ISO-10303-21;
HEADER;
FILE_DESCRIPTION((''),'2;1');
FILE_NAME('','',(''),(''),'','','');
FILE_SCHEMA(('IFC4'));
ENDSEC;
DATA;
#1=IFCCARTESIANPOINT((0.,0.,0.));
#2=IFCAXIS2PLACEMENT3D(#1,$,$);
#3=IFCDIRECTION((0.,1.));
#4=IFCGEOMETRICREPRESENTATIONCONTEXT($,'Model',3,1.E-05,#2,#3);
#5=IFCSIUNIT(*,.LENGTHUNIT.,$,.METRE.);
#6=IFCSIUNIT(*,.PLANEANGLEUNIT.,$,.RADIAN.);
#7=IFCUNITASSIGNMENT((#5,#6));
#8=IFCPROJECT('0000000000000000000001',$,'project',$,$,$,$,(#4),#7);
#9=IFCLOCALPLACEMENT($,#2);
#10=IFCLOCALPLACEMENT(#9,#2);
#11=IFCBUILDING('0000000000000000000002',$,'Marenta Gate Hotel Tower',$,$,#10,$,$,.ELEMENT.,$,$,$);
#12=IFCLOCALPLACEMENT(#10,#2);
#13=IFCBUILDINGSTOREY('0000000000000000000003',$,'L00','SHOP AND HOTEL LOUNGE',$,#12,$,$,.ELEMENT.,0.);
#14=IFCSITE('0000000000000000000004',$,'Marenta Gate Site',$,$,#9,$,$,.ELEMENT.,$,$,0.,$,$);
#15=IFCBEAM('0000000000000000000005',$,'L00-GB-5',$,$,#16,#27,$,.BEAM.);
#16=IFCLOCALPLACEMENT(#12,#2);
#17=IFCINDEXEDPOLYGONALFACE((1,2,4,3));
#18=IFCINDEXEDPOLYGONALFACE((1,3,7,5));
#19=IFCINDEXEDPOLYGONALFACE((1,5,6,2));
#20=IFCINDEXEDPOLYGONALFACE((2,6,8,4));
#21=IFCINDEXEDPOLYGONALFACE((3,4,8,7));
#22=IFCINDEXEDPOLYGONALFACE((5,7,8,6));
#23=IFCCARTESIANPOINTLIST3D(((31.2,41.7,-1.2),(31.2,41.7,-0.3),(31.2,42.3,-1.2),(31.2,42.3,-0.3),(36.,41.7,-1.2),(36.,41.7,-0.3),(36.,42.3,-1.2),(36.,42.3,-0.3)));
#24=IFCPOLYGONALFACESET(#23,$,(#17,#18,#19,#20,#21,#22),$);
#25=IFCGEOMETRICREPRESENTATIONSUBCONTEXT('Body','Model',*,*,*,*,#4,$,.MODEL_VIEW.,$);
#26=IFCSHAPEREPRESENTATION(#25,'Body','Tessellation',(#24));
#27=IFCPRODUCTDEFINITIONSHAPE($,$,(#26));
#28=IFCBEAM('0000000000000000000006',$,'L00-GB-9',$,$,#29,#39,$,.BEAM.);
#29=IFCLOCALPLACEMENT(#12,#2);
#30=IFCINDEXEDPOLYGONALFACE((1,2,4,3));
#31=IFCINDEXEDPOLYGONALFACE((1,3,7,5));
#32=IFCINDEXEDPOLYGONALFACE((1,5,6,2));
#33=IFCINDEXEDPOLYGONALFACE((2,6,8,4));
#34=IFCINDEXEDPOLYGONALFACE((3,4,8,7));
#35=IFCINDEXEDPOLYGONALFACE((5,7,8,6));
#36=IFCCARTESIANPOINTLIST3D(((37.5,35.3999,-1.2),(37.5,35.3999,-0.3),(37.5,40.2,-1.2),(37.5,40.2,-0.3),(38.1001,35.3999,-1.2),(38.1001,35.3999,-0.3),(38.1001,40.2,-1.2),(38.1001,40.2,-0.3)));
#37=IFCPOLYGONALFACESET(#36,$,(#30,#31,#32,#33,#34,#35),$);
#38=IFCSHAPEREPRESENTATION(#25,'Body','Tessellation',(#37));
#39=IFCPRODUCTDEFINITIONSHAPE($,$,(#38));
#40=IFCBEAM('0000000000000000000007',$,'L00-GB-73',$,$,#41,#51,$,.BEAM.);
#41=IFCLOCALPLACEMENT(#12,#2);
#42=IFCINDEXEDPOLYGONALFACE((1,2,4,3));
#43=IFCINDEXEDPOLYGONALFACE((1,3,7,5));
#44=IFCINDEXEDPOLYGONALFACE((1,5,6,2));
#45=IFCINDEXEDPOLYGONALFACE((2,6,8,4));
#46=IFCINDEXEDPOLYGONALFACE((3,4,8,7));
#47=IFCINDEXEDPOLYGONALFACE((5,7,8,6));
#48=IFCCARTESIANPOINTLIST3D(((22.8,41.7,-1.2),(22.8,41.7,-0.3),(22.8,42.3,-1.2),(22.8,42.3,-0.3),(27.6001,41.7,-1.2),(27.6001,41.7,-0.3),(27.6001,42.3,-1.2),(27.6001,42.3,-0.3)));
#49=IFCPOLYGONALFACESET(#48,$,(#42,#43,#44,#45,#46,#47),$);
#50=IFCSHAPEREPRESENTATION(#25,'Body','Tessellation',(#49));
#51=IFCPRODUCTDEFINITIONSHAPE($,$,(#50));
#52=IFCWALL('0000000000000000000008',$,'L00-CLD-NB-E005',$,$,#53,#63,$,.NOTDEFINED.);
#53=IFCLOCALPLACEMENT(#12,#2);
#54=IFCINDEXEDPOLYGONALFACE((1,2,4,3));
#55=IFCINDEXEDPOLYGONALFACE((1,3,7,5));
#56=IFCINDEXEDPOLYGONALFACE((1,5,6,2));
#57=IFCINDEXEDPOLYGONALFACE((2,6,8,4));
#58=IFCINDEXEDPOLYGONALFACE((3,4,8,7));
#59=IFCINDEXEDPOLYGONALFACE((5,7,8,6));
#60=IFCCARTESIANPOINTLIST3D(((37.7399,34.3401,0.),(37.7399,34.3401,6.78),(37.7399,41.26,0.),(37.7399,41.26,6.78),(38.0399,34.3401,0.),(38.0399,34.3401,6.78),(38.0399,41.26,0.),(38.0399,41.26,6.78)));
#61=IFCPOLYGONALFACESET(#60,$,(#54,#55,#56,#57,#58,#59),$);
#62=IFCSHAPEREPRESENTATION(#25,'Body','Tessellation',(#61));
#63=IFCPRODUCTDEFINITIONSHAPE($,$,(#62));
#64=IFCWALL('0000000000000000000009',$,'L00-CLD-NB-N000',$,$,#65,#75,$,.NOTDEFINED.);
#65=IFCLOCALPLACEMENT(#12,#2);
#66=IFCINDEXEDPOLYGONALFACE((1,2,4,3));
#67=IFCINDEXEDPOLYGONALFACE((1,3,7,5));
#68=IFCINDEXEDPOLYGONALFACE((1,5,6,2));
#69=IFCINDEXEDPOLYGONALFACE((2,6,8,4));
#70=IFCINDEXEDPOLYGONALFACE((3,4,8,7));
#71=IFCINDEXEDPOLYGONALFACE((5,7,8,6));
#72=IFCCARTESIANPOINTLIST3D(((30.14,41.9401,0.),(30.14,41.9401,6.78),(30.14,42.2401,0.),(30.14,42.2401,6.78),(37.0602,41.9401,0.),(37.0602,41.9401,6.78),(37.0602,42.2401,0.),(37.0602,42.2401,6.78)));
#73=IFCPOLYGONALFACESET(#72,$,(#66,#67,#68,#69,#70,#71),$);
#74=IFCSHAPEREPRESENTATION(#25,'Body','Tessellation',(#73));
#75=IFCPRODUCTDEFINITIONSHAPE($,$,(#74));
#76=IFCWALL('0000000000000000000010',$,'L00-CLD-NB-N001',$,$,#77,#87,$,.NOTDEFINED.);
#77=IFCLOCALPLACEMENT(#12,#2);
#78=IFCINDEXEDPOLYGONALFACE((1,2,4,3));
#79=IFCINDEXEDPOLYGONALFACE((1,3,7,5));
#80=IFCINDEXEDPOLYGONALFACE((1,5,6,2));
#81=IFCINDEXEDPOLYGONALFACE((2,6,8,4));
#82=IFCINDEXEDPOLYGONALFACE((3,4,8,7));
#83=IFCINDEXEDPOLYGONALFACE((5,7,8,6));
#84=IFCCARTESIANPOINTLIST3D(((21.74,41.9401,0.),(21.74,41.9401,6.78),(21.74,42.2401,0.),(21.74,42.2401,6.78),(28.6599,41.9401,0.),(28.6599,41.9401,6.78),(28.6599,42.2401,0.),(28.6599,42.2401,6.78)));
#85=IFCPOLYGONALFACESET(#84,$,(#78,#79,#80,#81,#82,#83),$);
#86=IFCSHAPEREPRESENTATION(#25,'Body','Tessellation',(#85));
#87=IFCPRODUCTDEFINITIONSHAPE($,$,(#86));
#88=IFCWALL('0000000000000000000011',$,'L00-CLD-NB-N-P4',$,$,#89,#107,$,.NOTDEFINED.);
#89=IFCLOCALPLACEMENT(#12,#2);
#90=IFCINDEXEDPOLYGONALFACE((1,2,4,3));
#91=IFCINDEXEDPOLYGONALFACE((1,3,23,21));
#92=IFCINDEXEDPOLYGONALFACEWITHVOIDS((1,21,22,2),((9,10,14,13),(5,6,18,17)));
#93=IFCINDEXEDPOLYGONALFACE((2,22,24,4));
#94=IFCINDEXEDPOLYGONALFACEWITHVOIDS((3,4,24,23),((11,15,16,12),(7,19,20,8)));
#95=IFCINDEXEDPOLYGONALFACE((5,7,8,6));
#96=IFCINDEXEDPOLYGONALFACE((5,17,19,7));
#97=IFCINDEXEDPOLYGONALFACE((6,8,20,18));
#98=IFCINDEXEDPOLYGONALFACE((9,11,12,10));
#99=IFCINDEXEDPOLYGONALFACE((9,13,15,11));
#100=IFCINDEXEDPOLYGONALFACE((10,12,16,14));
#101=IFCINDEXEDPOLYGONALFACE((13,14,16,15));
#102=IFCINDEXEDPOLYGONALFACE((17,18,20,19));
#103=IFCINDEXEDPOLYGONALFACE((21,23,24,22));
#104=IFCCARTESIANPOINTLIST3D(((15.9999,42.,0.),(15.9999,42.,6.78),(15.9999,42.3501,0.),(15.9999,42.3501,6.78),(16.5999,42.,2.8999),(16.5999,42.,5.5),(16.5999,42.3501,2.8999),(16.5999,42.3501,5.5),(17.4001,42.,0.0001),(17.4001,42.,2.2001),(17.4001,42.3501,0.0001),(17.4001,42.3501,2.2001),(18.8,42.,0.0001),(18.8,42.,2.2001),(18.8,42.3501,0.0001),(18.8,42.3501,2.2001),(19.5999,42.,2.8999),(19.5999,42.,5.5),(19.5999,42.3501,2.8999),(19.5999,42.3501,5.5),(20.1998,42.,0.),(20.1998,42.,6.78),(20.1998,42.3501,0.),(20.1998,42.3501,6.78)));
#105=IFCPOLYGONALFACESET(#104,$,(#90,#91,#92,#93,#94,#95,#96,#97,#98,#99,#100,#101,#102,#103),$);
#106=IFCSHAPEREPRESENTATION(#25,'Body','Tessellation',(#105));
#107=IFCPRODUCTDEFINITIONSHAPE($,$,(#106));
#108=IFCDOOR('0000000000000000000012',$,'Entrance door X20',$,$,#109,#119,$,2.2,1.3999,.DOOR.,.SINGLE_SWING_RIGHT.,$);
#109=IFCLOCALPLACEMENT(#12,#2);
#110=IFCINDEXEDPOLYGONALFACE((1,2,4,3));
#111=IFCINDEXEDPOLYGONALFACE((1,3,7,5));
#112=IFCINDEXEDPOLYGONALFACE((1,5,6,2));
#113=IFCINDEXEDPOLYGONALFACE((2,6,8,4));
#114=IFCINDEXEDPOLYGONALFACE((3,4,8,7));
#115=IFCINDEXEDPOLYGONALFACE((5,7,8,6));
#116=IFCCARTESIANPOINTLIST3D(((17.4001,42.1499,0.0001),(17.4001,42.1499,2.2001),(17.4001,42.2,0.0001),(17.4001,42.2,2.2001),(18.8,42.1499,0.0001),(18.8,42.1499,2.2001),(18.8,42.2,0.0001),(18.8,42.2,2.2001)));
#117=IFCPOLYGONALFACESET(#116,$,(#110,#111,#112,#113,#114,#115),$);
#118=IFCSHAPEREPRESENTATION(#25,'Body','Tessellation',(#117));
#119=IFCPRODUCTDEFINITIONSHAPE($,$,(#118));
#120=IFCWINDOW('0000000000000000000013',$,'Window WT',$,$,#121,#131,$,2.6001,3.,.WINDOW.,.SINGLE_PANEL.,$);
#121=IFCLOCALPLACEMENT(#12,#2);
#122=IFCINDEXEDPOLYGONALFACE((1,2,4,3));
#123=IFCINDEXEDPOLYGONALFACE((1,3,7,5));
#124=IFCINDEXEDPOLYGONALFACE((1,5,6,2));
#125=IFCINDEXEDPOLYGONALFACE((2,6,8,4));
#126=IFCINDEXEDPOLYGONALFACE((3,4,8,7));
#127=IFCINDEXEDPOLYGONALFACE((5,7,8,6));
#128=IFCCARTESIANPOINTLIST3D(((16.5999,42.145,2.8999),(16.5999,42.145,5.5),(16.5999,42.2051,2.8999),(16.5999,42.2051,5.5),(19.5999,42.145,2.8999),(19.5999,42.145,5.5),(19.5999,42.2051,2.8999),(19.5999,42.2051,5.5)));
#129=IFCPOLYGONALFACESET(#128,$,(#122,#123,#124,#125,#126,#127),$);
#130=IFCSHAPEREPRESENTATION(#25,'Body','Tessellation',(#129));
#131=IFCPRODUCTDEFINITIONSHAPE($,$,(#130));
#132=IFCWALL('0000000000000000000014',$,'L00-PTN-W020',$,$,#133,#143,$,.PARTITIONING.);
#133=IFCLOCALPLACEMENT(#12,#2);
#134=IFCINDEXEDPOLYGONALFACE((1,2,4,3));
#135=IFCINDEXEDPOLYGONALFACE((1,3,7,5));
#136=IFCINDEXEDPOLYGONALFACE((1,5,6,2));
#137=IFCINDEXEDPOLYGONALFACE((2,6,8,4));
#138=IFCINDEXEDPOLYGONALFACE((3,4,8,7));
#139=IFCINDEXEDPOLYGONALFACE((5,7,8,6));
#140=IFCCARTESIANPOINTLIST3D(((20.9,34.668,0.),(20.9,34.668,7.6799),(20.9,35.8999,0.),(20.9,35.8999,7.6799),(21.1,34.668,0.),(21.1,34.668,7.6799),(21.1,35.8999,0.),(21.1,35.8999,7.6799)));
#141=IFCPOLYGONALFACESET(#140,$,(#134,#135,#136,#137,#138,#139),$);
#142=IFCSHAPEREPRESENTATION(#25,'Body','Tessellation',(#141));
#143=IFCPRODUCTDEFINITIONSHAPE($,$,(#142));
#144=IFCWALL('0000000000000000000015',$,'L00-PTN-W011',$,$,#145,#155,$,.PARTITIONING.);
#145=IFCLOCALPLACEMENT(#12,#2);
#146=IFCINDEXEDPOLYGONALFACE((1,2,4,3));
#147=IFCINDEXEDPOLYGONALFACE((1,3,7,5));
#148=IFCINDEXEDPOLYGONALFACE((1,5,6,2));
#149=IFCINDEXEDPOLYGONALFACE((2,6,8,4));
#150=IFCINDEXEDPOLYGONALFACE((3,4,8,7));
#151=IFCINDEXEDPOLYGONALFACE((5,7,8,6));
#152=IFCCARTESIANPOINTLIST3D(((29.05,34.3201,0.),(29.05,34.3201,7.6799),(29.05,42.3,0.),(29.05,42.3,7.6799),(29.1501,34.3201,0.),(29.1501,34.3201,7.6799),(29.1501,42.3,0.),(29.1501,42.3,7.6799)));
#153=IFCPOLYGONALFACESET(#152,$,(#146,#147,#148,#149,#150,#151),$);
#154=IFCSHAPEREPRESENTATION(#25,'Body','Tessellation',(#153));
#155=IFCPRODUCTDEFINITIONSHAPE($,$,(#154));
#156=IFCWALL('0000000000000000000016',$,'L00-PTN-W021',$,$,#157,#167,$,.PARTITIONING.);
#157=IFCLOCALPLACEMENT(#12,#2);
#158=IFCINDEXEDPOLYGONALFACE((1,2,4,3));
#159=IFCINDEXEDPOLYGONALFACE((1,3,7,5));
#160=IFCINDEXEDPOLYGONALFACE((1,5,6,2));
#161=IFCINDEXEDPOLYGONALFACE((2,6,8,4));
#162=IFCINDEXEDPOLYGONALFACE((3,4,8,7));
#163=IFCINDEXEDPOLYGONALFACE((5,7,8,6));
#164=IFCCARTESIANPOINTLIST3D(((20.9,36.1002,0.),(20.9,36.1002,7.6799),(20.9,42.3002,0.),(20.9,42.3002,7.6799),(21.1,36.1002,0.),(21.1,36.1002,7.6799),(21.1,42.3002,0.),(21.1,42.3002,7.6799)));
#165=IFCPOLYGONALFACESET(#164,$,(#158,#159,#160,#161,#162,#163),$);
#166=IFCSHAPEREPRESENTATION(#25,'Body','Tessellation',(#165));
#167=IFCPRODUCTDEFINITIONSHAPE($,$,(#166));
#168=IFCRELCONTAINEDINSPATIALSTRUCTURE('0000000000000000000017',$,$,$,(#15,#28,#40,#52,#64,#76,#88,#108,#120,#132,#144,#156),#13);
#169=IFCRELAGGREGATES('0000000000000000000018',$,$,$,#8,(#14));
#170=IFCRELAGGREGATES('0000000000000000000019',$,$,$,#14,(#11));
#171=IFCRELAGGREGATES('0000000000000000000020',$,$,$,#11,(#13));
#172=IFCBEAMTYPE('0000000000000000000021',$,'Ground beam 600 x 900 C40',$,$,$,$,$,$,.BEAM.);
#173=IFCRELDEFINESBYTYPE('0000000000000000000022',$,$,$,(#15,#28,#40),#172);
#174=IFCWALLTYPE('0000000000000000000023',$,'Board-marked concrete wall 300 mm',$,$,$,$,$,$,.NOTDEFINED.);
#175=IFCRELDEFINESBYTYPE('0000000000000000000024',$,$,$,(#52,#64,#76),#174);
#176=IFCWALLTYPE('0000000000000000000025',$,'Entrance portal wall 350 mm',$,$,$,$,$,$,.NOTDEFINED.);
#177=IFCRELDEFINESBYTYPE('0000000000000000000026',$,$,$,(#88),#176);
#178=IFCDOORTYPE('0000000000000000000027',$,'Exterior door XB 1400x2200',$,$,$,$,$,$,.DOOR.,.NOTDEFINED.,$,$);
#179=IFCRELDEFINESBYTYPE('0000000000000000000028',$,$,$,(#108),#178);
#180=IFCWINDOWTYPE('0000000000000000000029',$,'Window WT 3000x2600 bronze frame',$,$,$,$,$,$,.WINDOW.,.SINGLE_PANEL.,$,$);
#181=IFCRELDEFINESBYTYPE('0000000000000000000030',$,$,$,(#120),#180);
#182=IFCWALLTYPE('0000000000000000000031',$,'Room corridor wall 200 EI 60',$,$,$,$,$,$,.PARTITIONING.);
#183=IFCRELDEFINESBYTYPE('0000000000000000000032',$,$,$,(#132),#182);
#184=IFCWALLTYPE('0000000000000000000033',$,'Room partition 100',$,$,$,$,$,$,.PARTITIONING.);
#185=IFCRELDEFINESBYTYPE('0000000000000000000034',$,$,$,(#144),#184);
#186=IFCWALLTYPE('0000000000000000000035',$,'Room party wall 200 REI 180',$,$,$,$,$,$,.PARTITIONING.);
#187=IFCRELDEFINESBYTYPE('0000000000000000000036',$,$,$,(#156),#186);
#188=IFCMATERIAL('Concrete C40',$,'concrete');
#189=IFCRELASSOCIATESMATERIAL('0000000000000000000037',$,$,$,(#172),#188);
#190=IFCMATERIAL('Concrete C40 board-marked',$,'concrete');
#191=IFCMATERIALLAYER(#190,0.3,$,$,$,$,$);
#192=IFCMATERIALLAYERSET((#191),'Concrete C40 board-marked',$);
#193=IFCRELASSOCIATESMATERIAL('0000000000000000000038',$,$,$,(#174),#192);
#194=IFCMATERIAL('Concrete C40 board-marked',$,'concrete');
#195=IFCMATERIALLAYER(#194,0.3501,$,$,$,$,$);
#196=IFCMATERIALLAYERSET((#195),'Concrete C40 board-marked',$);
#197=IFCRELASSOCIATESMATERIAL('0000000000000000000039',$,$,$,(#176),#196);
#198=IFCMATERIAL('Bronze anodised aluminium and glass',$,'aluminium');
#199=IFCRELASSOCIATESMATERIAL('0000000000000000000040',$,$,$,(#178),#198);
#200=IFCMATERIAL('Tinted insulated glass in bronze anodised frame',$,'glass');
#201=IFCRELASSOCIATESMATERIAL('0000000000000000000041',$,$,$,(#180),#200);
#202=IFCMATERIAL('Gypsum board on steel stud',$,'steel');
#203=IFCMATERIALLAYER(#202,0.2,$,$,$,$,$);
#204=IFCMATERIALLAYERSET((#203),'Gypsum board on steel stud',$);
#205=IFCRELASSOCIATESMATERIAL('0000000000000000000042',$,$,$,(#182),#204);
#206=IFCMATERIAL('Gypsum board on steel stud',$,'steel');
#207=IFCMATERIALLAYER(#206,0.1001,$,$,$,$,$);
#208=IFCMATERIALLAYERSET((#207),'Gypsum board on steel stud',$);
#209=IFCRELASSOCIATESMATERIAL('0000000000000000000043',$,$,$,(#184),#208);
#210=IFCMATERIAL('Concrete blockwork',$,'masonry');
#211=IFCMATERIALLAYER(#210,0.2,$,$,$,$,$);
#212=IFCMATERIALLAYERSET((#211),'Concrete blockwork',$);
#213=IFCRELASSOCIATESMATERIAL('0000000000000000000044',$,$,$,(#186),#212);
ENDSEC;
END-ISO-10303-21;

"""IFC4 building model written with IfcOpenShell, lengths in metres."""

from ifc_helpers import new_model, si_unit, direction, frame, frame_2d, origin, origin_2d, place, context, subcontext, project, spatial, rectangle, extrude, material, layer, layer_set, material_profile, profile_set, type_object, element, fill, save


model = new_model("IFC4")

# Units and contexts
model_context = context("Model", 3, precision=1e-05, world=origin(), true_north=direction((0.0, 1.0)))
body_context = subcontext(model_context, "Body", "Model", "MODEL_VIEW")
ifc_project = project(units=[si_unit("LENGTHUNIT", "METRE"), si_unit("PLANEANGLEUNIT", "RADIAN")], contexts=[model_context])

# Site, building, storey
site_placement = place(None, origin())
site = spatial("IfcSite", under=ifc_project, at=site_placement, Name="Marenta Gate Site", CompositionType="ELEMENT", RefElevation=0.0)
building_placement = place(site_placement, origin())
building = spatial("IfcBuilding", under=site, at=building_placement, Name="Marenta Gate Hotel Tower", CompositionType="ELEMENT")
storey_placement = place(building_placement, origin())
storey = spatial("IfcBuildingStorey", under=building, at=storey_placement, Name="L00", Description="SHOP AND HOTEL LOUNGE", CompositionType="ELEMENT", Elevation=0.0)

# Beams
ifc_material_1 = material(Name="Concrete C40", Category="concrete")
ifc_material_profile_1 = material_profile(ifc_material_1, rectangle(XDim=0.6001, YDim=0.8999, at=origin_2d()), Name="600 x 900")
ifc_profile_set_1 = profile_set([ifc_material_profile_1], Name="Concrete C40")
beam_type = type_object("IfcBeamType", Name="Ground beam 600 x 900 C40", PredefinedType="BEAM", material=ifc_profile_set_1)
for number, where, z_axis, x_axis, name in (
    (1, (31.2, 42.0, -0.75), (1.0, 0.0, 0.0), (0.0, 1.0, 0.0), "L00-GB-5"),
    (2, (37.8, 35.3999, -0.75), (0.0, 1.0, 0.0), (-1.0, 0.0, 0.0), "L00-GB-9"),
    (3, (22.8, 42.0, -0.75), (1.0, 0.0, 0.0), (0.0, 1.0, 0.0), "L00-GB-73"),
):
    element("IfcBeam", number, at=place(storey_placement, frame(where, z_axis=z_axis, x_axis=x_axis)), inside=storey, type_object=beam_type, Name=name, PredefinedType="BEAM", context=body_context, shape_type="SweptSolid", body=[
        extrude(rectangle(XDim=0.6001, YDim=0.8999, at=origin_2d()), origin(), (0.0, 0.0, 1.0), 4.8),
    ])

# Walls
ifc_material_2 = material(Name="Concrete C40 board-marked", Category="concrete")
ifc_layer_1 = layer(ifc_material_2, 0.3)
ifc_layer_set_1 = layer_set([ifc_layer_1], Name="Concrete C40 board-marked")
wall_type_1 = type_object("IfcWallType", Name="Board-marked concrete wall 300 mm", PredefinedType="NOTDEFINED", material=ifc_layer_set_1)
wall_1_placement = place(storey_placement, frame((37.8899, 34.3401, 0.0), z_axis=(0.0, 0.0, 1.0), x_axis=(0.0, 1.0, 0.0)))
element("IfcWall", 4, at=wall_1_placement, inside=storey, type_object=wall_type_1, Name="L00-CLD-NB-E005", PredefinedType="NOTDEFINED", context=body_context, shape_type="SweptSolid", body=[
    extrude(rectangle(XDim=6.9199, YDim=0.3, at=frame_2d((3.46, 0.0))), origin(), (0.0, 0.0, 1.0), 6.78),
])
wall_2_placement = place(storey_placement, frame((37.0601, 42.0901, 0.0), z_axis=(0.0, 0.0, 1.0), x_axis=(-1.0, 0.0, 0.0)))
element("IfcWall", 5, at=wall_2_placement, inside=storey, type_object=wall_type_1, Name="L00-CLD-NB-N000", PredefinedType="NOTDEFINED", context=body_context, shape_type="SweptSolid", body=[
    extrude(rectangle(XDim=6.9202, YDim=0.3, at=frame_2d((3.46, 0.0))), origin(), (0.0, 0.0, 1.0), 6.78),
])
wall_3_placement = place(storey_placement, frame((28.6599, 42.0901, 0.0), z_axis=(0.0, 0.0, 1.0), x_axis=(-1.0, 0.0, 0.0)))
element("IfcWall", 6, at=wall_3_placement, inside=storey, type_object=wall_type_1, Name="L00-CLD-NB-N001", PredefinedType="NOTDEFINED", context=body_context, shape_type="SweptSolid", body=[
    extrude(rectangle(XDim=6.9199, YDim=0.3, at=frame_2d((3.46, 0.0))), origin(), (0.0, 0.0, 1.0), 6.78),
])

# Wall, openings, door, window
ifc_material_3 = material(Name="Concrete C40 board-marked", Category="concrete")
ifc_layer_2 = layer(ifc_material_3, 0.3501)
ifc_layer_set_2 = layer_set([ifc_layer_2], Name="Concrete C40 board-marked")
wall_type_2 = type_object("IfcWallType", Name="Entrance portal wall 350 mm", PredefinedType="NOTDEFINED", material=ifc_layer_set_2)
wall_4_placement = place(storey_placement, frame((20.2, 42.175, 0.0), z_axis=(0.0, 0.0, 1.0), x_axis=(-1.0, 0.0, 0.0)))
wall_4 = element("IfcWall", 7, at=wall_4_placement, inside=storey, type_object=wall_type_2, Name="L00-CLD-NB-N-P4", PredefinedType="NOTDEFINED", context=body_context, shape_type="SweptSolid", body=[
    extrude(rectangle(XDim=4.2, YDim=0.3501, at=frame_2d((2.1001, 0.0))), origin(), (0.0, 0.0, 1.0), 6.78),
])
opening_1_placement = place(wall_4_placement, frame((1.3999, 0.0, 0.0)))
opening_1 = element("IfcOpeningElement", 8, at=opening_1_placement, cuts=wall_4, PredefinedType="OPENING", context=body_context, shape_type="SweptSolid", body=[
    extrude(rectangle(XDim=1.3999, YDim=2.2, at=frame_2d((0.7, 1.1001))), frame((0.0, 0.175, 0.0), z_axis=(0.0, -1.0, 0.0), x_axis=(1.0, 0.0, 0.0)), (0.0, 0.0, 1.0), 0.3501),
])
opening_2_placement = place(wall_4_placement, frame((0.6001, 0.0, 2.8999)))
opening_2 = element("IfcOpeningElement", 9, at=opening_2_placement, cuts=wall_4, PredefinedType="OPENING", context=body_context, shape_type="SweptSolid", body=[
    extrude(rectangle(XDim=3.0, YDim=2.6001, at=frame_2d((1.5, 1.3))), frame((0.0, 0.175, 0.0), z_axis=(0.0, -1.0, 0.0), x_axis=(1.0, 0.0, 0.0)), (0.0, 0.0, 1.0), 0.3501),
])
ifc_material_4 = material(Name="Bronze anodised aluminium and glass", Category="aluminium")
door_type = type_object("IfcDoorType", Name="Exterior door XB 1400x2200", OperationType="NOTDEFINED", PredefinedType="DOOR", material=ifc_material_4)
door_placement = place(opening_1_placement, frame((1.3999, 0.0, 0.0), z_axis=(0.0, 0.0, 1.0), x_axis=(-1.0, 0.0, 0.0)))
door = element("IfcDoor", 10, at=door_placement, inside=storey, type_object=door_type, Name="Entrance door X20", OperationType="SINGLE_SWING_RIGHT", OverallHeight=2.2, OverallWidth=1.3999, PredefinedType="DOOR", context=body_context, shape_type="SweptSolid", body=[
    extrude(rectangle(XDim=1.3999, YDim=2.2, at=frame_2d((0.7, 1.1001))), frame((0.0, 0.0249, 0.0), z_axis=(0.0, -1.0, 0.0), x_axis=(1.0, 0.0, 0.0)), (0.0, 0.0, 1.0), 0.05),
])
fill(opening_1, door)
ifc_material_5 = material(Name="Tinted insulated glass in bronze anodised frame", Category="glass")
window_type = type_object("IfcWindowType", Name="Window WT 3000x2600 bronze frame", PartitioningType="SINGLE_PANEL", PredefinedType="WINDOW", material=ifc_material_5)
window_placement = place(opening_2_placement, origin())
window = element("IfcWindow", 11, at=window_placement, inside=storey, type_object=window_type, Name="Window WT", OverallHeight=2.6001, OverallWidth=3.0, PartitioningType="SINGLE_PANEL", PredefinedType="WINDOW", context=body_context, shape_type="SweptSolid", body=[
    extrude(rectangle(XDim=3.0, YDim=2.6001, at=frame_2d((1.5, 1.3))), frame((0.0, 0.03, 0.0), z_axis=(0.0, -1.0, 0.0), x_axis=(1.0, 0.0, 0.0)), (0.0, 0.0, 1.0), 0.0601),
])
fill(opening_2, window)

# Walls
ifc_material_6 = material(Name="Gypsum board on steel stud", Category="steel")
ifc_layer_3 = layer(ifc_material_6, 0.2)
ifc_layer_set_3 = layer_set([ifc_layer_3], Name="Gypsum board on steel stud")
wall_type_3 = type_object("IfcWallType", Name="Room corridor wall 200 EI 60", PredefinedType="PARTITIONING", material=ifc_layer_set_3)
wall_5_placement = place(storey_placement, frame((21.0, 34.668, 0.0), z_axis=(0.0, 0.0, 1.0), x_axis=(0.0, 1.0, 0.0)))
element("IfcWall", 12, at=wall_5_placement, inside=storey, type_object=wall_type_3, Name="L00-PTN-W020", PredefinedType="PARTITIONING", context=body_context, shape_type="SweptSolid", body=[
    extrude(rectangle(XDim=1.2319, YDim=0.2, at=frame_2d((0.616, 0.0))), origin(), (0.0, 0.0, 1.0), 7.6799),
])
ifc_material_7 = material(Name="Gypsum board on steel stud", Category="steel")
ifc_layer_4 = layer(ifc_material_7, 0.1001)
ifc_layer_set_4 = layer_set([ifc_layer_4], Name="Gypsum board on steel stud")
wall_type_4 = type_object("IfcWallType", Name="Room partition 100", PredefinedType="PARTITIONING", material=ifc_layer_set_4)
wall_6_placement = place(storey_placement, frame((29.1001, 34.3201, 0.0), z_axis=(0.0, 0.0, 1.0), x_axis=(0.0, 1.0, 0.0)))
element("IfcWall", 13, at=wall_6_placement, inside=storey, type_object=wall_type_4, Name="L00-PTN-W011", PredefinedType="PARTITIONING", context=body_context, shape_type="SweptSolid", body=[
    extrude(rectangle(XDim=7.98, YDim=0.1001, at=frame_2d((3.99, 0.0))), origin(), (0.0, 0.0, 1.0), 7.6799),
])
ifc_material_8 = material(Name="Concrete blockwork", Category="masonry")
ifc_layer_5 = layer(ifc_material_8, 0.2)
ifc_layer_set_5 = layer_set([ifc_layer_5], Name="Concrete blockwork")
wall_type_5 = type_object("IfcWallType", Name="Room party wall 200 REI 180", PredefinedType="PARTITIONING", material=ifc_layer_set_5)
wall_7_placement = place(storey_placement, frame((21.0, 36.1001, 0.0), z_axis=(0.0, 0.0, 1.0), x_axis=(0.0, 1.0, 0.0)))
element("IfcWall", 14, at=wall_7_placement, inside=storey, type_object=wall_type_5, Name="L00-PTN-W021", PredefinedType="PARTITIONING", context=body_context, shape_type="SweptSolid", body=[
    extrude(rectangle(XDim=6.2, YDim=0.2, at=frame_2d((3.1001, 0.0))), origin(), (0.0, 0.0, 1.0), 7.6799),
])

save(model, "model.ifc")
